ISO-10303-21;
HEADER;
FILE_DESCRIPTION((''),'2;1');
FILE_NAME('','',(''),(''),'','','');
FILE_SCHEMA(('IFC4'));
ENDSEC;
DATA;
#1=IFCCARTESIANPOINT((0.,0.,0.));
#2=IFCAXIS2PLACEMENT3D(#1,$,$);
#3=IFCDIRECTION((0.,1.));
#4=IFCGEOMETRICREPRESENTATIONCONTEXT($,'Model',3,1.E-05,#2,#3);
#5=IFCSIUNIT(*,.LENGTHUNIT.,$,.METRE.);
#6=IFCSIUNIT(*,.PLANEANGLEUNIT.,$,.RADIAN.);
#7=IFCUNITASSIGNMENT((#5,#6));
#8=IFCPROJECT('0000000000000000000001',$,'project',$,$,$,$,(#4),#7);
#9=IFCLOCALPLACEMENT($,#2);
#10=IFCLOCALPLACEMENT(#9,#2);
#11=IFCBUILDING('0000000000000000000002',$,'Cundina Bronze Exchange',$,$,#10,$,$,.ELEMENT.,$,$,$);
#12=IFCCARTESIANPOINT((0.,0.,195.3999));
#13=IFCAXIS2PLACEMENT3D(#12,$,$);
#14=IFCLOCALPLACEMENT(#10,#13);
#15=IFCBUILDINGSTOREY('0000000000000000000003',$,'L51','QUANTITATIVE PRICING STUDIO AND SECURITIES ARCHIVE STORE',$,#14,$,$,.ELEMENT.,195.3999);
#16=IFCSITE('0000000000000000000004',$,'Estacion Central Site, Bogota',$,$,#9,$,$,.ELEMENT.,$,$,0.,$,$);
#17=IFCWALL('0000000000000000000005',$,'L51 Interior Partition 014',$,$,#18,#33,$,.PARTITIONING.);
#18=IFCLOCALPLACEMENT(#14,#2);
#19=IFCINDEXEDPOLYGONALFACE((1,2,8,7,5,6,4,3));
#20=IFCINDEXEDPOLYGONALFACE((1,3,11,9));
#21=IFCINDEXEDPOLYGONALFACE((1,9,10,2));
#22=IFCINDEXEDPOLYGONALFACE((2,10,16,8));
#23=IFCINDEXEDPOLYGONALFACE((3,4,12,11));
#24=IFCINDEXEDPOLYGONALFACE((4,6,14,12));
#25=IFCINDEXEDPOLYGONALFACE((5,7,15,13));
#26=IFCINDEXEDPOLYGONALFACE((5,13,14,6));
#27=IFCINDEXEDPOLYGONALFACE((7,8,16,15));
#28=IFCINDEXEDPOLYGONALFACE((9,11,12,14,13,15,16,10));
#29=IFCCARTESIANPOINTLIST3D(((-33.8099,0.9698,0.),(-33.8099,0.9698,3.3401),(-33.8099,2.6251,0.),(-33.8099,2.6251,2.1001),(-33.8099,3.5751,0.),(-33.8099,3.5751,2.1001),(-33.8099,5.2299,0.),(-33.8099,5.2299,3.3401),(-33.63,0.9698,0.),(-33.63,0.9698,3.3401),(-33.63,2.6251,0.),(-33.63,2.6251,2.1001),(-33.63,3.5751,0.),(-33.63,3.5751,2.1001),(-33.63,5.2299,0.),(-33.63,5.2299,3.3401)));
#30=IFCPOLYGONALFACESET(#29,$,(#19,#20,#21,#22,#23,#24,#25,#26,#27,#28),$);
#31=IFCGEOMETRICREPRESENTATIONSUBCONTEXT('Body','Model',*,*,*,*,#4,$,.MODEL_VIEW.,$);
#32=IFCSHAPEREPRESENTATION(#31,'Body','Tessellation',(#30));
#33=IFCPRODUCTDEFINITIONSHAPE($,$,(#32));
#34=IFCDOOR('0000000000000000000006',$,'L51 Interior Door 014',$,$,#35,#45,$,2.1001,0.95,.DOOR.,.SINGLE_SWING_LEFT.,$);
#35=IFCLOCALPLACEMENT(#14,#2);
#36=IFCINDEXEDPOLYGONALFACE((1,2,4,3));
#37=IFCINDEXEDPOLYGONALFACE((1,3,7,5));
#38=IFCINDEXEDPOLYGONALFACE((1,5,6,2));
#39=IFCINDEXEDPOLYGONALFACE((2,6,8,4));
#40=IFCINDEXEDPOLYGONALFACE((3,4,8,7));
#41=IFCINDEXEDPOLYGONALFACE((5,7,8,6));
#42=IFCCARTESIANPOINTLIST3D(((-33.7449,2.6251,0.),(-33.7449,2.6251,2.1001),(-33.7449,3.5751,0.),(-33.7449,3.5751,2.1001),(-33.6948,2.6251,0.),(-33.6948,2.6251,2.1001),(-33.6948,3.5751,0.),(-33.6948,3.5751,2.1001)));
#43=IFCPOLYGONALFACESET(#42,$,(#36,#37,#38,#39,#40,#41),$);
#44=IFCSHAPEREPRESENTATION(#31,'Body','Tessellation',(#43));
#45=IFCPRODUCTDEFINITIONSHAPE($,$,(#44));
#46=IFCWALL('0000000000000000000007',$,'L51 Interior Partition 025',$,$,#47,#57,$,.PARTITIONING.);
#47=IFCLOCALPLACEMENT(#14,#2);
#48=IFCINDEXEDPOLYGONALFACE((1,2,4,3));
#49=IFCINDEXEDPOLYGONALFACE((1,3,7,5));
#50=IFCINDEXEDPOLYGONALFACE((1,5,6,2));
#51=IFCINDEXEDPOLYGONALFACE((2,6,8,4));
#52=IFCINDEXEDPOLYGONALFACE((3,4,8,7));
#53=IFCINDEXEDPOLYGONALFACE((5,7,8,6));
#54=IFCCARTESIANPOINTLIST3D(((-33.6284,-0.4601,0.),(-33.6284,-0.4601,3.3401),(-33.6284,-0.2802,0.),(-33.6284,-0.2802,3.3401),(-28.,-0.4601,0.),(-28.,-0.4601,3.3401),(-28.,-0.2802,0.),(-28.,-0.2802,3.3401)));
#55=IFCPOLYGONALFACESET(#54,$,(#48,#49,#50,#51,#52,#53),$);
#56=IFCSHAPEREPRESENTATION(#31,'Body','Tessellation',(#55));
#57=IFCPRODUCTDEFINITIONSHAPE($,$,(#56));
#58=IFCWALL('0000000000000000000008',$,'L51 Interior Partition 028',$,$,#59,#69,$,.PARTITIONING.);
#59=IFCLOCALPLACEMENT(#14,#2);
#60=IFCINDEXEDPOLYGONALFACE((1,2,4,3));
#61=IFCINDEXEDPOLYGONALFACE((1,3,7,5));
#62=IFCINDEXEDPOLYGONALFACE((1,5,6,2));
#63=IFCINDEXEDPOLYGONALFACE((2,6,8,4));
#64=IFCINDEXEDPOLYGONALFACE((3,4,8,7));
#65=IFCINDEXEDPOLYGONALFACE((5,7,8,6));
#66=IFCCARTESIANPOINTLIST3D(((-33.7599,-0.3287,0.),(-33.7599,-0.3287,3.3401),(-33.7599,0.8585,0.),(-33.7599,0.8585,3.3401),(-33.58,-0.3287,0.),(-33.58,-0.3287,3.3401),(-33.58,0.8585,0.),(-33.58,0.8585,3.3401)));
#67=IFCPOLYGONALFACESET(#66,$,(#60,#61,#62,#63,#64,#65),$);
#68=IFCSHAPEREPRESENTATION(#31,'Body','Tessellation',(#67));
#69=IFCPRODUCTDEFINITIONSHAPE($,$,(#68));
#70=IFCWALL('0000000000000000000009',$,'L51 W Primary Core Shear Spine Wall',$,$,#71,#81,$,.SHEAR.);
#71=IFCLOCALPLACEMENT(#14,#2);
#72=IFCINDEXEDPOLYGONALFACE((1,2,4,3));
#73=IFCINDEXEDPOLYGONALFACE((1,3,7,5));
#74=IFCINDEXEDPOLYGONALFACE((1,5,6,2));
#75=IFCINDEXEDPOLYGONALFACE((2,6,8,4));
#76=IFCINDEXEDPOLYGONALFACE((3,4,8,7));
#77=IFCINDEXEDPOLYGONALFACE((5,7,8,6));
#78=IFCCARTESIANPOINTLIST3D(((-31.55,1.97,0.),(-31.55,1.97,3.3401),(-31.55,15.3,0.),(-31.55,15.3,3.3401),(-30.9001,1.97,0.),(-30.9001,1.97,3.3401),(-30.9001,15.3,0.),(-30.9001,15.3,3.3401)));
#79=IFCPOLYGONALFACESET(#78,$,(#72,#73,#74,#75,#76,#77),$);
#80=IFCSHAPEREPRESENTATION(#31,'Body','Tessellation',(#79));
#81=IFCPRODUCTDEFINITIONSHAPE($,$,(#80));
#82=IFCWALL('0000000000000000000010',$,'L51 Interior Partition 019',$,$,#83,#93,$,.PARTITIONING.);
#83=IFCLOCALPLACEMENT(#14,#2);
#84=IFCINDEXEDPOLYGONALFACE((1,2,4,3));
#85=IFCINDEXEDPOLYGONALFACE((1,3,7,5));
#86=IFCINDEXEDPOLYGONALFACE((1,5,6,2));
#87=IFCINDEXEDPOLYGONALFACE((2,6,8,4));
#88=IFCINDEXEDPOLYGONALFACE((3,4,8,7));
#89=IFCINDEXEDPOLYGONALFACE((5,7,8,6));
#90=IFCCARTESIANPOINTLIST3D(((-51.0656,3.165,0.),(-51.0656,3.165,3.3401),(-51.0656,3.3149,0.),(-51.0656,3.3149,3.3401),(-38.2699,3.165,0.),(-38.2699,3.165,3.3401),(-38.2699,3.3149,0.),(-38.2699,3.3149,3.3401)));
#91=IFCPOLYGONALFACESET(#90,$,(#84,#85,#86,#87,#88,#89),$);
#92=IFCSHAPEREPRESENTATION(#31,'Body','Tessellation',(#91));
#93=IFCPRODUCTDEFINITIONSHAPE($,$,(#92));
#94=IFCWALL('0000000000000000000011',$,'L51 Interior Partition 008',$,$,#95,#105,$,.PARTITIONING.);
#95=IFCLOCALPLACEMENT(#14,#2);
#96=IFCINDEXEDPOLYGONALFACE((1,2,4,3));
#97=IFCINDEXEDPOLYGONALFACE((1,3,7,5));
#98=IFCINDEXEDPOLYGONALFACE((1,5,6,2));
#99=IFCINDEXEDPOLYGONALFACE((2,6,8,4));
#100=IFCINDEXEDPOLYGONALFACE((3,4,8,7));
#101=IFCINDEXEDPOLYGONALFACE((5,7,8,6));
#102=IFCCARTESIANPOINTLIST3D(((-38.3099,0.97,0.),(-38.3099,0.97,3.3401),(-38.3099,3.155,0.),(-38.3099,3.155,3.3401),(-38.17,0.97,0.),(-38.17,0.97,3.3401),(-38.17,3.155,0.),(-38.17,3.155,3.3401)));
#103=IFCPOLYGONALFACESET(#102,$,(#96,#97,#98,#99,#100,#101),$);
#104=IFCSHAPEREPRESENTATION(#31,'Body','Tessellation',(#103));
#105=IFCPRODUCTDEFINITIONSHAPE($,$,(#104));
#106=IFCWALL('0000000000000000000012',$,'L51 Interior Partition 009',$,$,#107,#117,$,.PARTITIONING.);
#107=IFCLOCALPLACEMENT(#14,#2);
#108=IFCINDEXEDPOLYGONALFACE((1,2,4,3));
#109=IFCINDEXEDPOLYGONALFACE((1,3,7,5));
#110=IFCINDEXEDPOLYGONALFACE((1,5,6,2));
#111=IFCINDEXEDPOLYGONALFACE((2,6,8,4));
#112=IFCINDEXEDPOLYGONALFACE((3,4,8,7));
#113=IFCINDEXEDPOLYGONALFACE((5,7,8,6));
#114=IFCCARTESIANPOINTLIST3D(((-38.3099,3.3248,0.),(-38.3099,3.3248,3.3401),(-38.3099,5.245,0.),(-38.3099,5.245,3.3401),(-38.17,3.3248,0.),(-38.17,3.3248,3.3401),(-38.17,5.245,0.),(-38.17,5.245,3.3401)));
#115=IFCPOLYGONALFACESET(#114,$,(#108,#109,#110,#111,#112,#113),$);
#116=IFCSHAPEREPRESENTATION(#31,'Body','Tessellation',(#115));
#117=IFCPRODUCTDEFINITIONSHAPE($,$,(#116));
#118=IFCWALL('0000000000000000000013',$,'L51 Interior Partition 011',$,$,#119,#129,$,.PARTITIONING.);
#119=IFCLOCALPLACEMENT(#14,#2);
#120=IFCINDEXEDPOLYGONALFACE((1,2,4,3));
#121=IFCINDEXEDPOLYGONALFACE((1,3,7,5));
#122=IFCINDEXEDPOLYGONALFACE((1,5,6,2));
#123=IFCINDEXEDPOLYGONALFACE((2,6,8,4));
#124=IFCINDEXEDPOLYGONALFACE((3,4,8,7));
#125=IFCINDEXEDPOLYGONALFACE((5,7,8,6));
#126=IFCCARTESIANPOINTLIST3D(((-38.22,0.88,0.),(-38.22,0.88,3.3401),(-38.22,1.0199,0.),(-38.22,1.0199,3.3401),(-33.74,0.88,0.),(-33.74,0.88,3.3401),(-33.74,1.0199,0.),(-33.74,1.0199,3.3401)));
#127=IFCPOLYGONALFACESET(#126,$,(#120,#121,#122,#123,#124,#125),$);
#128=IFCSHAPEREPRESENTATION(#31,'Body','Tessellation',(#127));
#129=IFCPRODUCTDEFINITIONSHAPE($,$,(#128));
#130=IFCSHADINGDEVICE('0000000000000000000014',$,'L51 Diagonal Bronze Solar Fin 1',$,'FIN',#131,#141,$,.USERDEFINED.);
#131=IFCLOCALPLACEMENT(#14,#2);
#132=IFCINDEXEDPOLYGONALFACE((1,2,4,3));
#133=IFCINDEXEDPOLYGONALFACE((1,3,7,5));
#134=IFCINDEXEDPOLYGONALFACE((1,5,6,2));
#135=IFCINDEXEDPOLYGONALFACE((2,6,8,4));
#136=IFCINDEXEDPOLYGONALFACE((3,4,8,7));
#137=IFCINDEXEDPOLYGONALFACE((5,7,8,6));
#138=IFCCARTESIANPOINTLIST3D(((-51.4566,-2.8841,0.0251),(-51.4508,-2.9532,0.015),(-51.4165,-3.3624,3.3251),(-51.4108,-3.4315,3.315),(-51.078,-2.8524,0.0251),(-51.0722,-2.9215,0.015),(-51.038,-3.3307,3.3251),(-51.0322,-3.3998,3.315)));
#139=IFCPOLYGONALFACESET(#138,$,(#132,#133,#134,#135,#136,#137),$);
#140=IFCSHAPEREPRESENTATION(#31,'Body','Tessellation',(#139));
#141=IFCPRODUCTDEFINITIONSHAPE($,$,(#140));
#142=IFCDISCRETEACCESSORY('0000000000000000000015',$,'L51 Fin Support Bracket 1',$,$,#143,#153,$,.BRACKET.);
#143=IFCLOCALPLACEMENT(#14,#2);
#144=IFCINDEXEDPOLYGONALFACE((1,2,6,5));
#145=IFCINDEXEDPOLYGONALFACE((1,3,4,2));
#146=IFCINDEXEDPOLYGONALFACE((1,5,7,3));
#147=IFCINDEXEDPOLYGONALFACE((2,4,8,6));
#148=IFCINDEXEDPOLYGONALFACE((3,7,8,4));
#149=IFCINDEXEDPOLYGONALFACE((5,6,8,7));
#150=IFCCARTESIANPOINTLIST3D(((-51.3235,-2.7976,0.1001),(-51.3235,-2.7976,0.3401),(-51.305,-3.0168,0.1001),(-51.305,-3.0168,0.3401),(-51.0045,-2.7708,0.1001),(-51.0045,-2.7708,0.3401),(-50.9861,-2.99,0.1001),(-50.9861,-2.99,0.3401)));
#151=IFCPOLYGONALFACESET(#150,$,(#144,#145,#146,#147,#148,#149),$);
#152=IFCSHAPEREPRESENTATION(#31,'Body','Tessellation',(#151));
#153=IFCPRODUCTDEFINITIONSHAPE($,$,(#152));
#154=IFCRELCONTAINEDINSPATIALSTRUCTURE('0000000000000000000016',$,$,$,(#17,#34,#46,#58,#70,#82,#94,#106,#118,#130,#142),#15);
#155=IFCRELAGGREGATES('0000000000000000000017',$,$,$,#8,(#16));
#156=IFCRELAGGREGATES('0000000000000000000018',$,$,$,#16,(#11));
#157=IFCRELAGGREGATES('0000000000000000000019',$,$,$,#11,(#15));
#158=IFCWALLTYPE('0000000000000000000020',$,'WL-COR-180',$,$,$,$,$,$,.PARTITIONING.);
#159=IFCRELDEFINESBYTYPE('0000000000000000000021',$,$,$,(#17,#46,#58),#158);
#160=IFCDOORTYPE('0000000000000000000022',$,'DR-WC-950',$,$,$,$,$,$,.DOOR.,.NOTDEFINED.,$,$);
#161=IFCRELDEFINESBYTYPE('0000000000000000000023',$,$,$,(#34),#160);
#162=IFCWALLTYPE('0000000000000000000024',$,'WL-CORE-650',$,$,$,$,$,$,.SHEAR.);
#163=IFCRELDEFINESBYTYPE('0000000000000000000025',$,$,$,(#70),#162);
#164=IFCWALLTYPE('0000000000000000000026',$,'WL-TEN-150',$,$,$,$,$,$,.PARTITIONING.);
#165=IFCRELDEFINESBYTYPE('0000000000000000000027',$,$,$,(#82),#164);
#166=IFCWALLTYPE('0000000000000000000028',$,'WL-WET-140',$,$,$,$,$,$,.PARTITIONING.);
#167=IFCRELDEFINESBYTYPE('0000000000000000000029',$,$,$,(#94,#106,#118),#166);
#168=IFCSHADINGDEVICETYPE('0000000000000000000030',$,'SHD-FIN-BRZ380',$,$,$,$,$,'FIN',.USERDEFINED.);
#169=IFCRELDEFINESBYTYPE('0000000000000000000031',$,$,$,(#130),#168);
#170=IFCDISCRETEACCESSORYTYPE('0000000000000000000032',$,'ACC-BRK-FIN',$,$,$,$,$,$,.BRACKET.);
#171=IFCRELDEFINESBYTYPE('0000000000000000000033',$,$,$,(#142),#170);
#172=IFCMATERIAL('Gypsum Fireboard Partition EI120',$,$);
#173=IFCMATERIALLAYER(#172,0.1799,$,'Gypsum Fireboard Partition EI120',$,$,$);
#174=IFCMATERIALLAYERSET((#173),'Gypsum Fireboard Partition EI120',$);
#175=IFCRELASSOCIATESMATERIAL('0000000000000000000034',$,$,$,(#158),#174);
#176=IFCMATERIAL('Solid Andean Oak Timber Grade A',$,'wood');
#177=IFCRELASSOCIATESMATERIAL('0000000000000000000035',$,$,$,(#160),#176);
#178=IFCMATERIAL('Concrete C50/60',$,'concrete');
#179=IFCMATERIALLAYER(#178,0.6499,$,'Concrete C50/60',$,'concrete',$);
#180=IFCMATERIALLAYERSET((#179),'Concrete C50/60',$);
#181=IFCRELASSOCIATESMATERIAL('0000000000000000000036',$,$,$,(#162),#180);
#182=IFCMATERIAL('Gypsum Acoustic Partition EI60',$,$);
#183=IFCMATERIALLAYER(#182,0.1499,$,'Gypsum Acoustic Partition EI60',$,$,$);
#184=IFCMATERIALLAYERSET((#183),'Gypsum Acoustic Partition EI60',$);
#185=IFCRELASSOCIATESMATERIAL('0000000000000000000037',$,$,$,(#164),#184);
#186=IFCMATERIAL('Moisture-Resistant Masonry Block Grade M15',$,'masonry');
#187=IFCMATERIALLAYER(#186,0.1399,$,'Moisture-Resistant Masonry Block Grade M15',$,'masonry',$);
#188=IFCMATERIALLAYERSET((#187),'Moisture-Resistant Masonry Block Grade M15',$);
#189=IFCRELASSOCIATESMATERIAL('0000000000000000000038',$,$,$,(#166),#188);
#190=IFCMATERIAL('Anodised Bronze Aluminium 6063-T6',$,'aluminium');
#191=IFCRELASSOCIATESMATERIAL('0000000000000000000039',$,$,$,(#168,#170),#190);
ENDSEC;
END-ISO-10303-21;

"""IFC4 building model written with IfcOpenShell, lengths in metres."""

from ifc_helpers import new_model, si_unit, direction, frame, frame_2d, origin, origin_2d, place, context, subcontext, project, spatial, rectangle, extrude, material, layer, layer_set, material_profile, profile_set, type_object, element, fill, save


model = new_model("IFC4")

# Units and contexts
model_context = context("Model", 3, precision=1e-05, world=origin(), true_north=direction((0.0, 1.0)))
body_context = subcontext(model_context, "Body", "Model", "MODEL_VIEW")
ifc_project = project(units=[si_unit("LENGTHUNIT", "METRE"), si_unit("PLANEANGLEUNIT", "RADIAN")], contexts=[model_context])

# Site, building, storey
site_placement = place(None, origin())
site = spatial("IfcSite", under=ifc_project, at=site_placement, Name="Estacion Central Site, Bogota", CompositionType="ELEMENT", RefElevation=0.0)
building_placement = place(site_placement, origin())
building = spatial("IfcBuilding", under=site, at=building_placement, Name="Cundina Bronze Exchange", CompositionType="ELEMENT")
storey_placement = place(building_placement, frame((0.0, 0.0, 195.3999)))
storey = spatial("IfcBuildingStorey", under=building, at=storey_placement, Name="L51", Description="QUANTITATIVE PRICING STUDIO AND SECURITIES ARCHIVE STORE", CompositionType="ELEMENT", Elevation=195.3999)

# Shared definitions
ifc_material_1 = material(Name="Concrete C50/60", Category="concrete")

# Shared definitions
ifc_material_2 = material(Name="Anodised Bronze Aluminium 6063-T6", Category="aluminium")

# Wall, opening, door
ifc_material_3 = material(Name="Gypsum Fireboard Partition EI120")
ifc_layer_1 = layer(ifc_material_3, 0.1799, Name="Gypsum Fireboard Partition EI120")
ifc_layer_set_1 = layer_set([ifc_layer_1], Name="Gypsum Fireboard Partition EI120")
wall_type_1 = type_object("IfcWallType", Name="WL-COR-180", PredefinedType="PARTITIONING", material=ifc_layer_set_1)
wall_1_placement = place(storey_placement, frame((-33.72, 0.97, 0.0), z_axis=(0.0, 0.0, 1.0), x_axis=(0.0, 1.0, 0.0)))
wall_1 = element("IfcWall", 1, at=wall_1_placement, inside=storey, type_object=wall_type_1, Name="L51 Interior Partition 014", PredefinedType="PARTITIONING", context=body_context, shape_type="SweptSolid", body=[
    extrude(rectangle(XDim=4.26, YDim=0.1799, at=frame_2d((2.1299, 0.0))), origin(), (0.0, 0.0, 1.0), 3.3401),
])
opening_1_placement = place(wall_1_placement, frame((1.655, 0.0, 0.0)))
opening_1 = element("IfcOpeningElement", 2, at=opening_1_placement, cuts=wall_1, PredefinedType="OPENING", context=body_context, shape_type="SweptSolid", body=[
    extrude(rectangle(XDim=0.95, YDim=2.1001, at=frame_2d((0.4751, 1.05))), frame((0.0, 0.0999, 0.0), z_axis=(0.0, -1.0, 0.0), x_axis=(1.0, 0.0, 0.0)), (0.0, 0.0, 1.0), 0.2),
])
ifc_material_4 = material(Name="Solid Andean Oak Timber Grade A", Category="wood")
door_type_1 = type_object("IfcDoorType", Name="DR-WC-950", OperationType="NOTDEFINED", PredefinedType="DOOR", material=ifc_material_4)
door_1_placement = place(opening_1_placement, origin())
door_1 = element("IfcDoor", 3, at=door_1_placement, inside=storey, type_object=door_type_1, Name="L51 Interior Door 014", OperationType="SINGLE_SWING_LEFT", OverallHeight=2.1001, OverallWidth=0.95, PredefinedType="DOOR", context=body_context, shape_type="SweptSolid", body=[
    extrude(rectangle(XDim=0.95, YDim=2.1001, at=frame_2d((0.4751, 1.05))), frame((0.0, 0.0249, 0.0), z_axis=(0.0, -1.0, 0.0), x_axis=(1.0, 0.0, 0.0)), (0.0, 0.0, 1.0), 0.05),
])
fill(opening_1, door_1)

# Walls
wall_2_placement = place(storey_placement, frame((-33.6284, -0.3701, 0.0), z_axis=(0.0, 0.0, 1.0), x_axis=(1.0, 0.0, 0.0)))
element("IfcWall", 4, at=wall_2_placement, inside=storey, type_object=wall_type_1, Name="L51 Interior Partition 025", PredefinedType="PARTITIONING", context=body_context, shape_type="SweptSolid", body=[
    extrude(rectangle(XDim=5.6284, YDim=0.1799, at=frame_2d((2.8142, 0.0))), origin(), (0.0, 0.0, 1.0), 3.3401),
])
wall_3_placement = place(storey_placement, frame((-33.6699, 0.8586, 0.0), z_axis=(0.0, 0.0, 1.0), x_axis=(0.0, -1.0, 0.0)))
element("IfcWall", 5, at=wall_3_placement, inside=storey, type_object=wall_type_1, Name="L51 Interior Partition 028", PredefinedType="PARTITIONING", context=body_context, shape_type="SweptSolid", body=[
    extrude(rectangle(XDim=1.1873, YDim=0.1799, at=frame_2d((0.5938, 0.0))), origin(), (0.0, 0.0, 1.0), 3.3401),
])
ifc_layer_2 = layer(ifc_material_1, 0.6499, Name="Concrete C50/60", Category="concrete")
ifc_layer_set_2 = layer_set([ifc_layer_2], Name="Concrete C50/60")
wall_type_2 = type_object("IfcWallType", Name="WL-CORE-650", PredefinedType="SHEAR", material=ifc_layer_set_2)
wall_4_placement = place(storey_placement, frame((-31.2251, 1.97, 0.0), z_axis=(0.0, 0.0, 1.0), x_axis=(0.0, 1.0, 0.0)))
element("IfcWall", 6, at=wall_4_placement, inside=storey, type_object=wall_type_2, Name="L51 W Primary Core Shear Spine Wall", PredefinedType="SHEAR", context=body_context, shape_type="SweptSolid", body=[
    extrude(rectangle(XDim=13.3301, YDim=0.6499, at=frame_2d((6.665, 0.0))), origin(), (0.0, 0.0, 1.0), 3.3401),
])
ifc_material_5 = material(Name="Gypsum Acoustic Partition EI60")
ifc_layer_3 = layer(ifc_material_5, 0.1499, Name="Gypsum Acoustic Partition EI60")
ifc_layer_set_3 = layer_set([ifc_layer_3], Name="Gypsum Acoustic Partition EI60")
wall_type_3 = type_object("IfcWallType", Name="WL-TEN-150", PredefinedType="PARTITIONING", material=ifc_layer_set_3)
wall_5_placement = place(storey_placement, frame((-51.0657, 3.24, 0.0), z_axis=(0.0, 0.0, 1.0), x_axis=(1.0, 0.0, 0.0)))
element("IfcWall", 7, at=wall_5_placement, inside=storey, type_object=wall_type_3, Name="L51 Interior Partition 019", PredefinedType="PARTITIONING", context=body_context, shape_type="SweptSolid", body=[
    extrude(rectangle(XDim=12.7957, YDim=0.1499, at=frame_2d((6.3979, 0.0))), origin(), (0.0, 0.0, 1.0), 3.3401),
])
ifc_material_6 = material(Name="Moisture-Resistant Masonry Block Grade M15", Category="masonry")
ifc_layer_4 = layer(ifc_material_6, 0.1399, Name="Moisture-Resistant Masonry Block Grade M15", Category="masonry")
ifc_layer_set_4 = layer_set([ifc_layer_4], Name="Moisture-Resistant Masonry Block Grade M15")
wall_type_4 = type_object("IfcWallType", Name="WL-WET-140", PredefinedType="PARTITIONING", material=ifc_layer_set_4)
wall_6_placement = place(storey_placement, frame((-38.24, 0.97, 0.0), z_axis=(0.0, 0.0, 1.0), x_axis=(0.0, 1.0, 0.0)))
element("IfcWall", 8, at=wall_6_placement, inside=storey, type_object=wall_type_4, Name="L51 Interior Partition 008", PredefinedType="PARTITIONING", context=body_context, shape_type="SweptSolid", body=[
    extrude(rectangle(XDim=2.1851, YDim=0.1399, at=frame_2d((1.0925, 0.0))), origin(), (0.0, 0.0, 1.0), 3.3401),
])
wall_7_placement = place(storey_placement, frame((-38.24, 3.325, 0.0), z_axis=(0.0, 0.0, 1.0), x_axis=(0.0, 1.0, 0.0)))
element("IfcWall", 9, at=wall_7_placement, inside=storey, type_object=wall_type_4, Name="L51 Interior Partition 009", PredefinedType="PARTITIONING", context=body_context, shape_type="SweptSolid", body=[
    extrude(rectangle(XDim=1.9202, YDim=0.1399, at=frame_2d((0.96, 0.0))), origin(), (0.0, 0.0, 1.0), 3.3401),
])
wall_8_placement = place(storey_placement, frame((-38.22, 0.95, 0.0), z_axis=(0.0, 0.0, 1.0), x_axis=(1.0, 0.0, 0.0)))
element("IfcWall", 10, at=wall_8_placement, inside=storey, type_object=wall_type_4, Name="L51 Interior Partition 011", PredefinedType="PARTITIONING", context=body_context, shape_type="SweptSolid", body=[
    extrude(rectangle(XDim=4.48, YDim=0.1399, at=frame_2d((2.24, 0.0))), origin(), (0.0, 0.0, 1.0), 3.3401),
])

# Shading device
ifc_material_profile_1 = material_profile(ifc_material_2, rectangle(XDim=0.0701, YDim=0.3799, at=origin_2d()), Name="FIN70X380", Category="aluminium")
ifc_profile_set_1 = profile_set([ifc_material_profile_1], Name="Anodised Bronze Aluminium 6063-T6")
shading_device_type = type_object("IfcShadingDeviceType", Name="SHD-FIN-BRZ380", ElementType="FIN", PredefinedType="USERDEFINED", material=ifc_profile_set_1)
shading_device_placement = place(storey_placement, frame((-51.2644, -2.9028, 0.02), z_axis=(0.012007, -0.14342, 0.989589), x_axis=(-0.082556, 0.98614, 0.143921)))
element("IfcShadingDevice", 11, at=shading_device_placement, inside=storey, type_object=shading_device_type, Name="L51 Diagonal Bronze Solar Fin 1", ObjectType="FIN", PredefinedType="USERDEFINED", context=body_context, shape_type="SweptSolid", body=[
    extrude(rectangle(XDim=0.0701, YDim=0.3799, at=origin_2d()), origin(), (0.0, 0.0, 1.0), 3.3347),
])

# Discrete accessory
discrete_accessory_type = type_object("IfcDiscreteAccessoryType", Name="ACC-BRK-FIN", PredefinedType="BRACKET", material=ifc_material_2)
discrete_accessory_placement = place(storey_placement, frame((-51.1548, -2.8938, 0.1001), z_axis=(0.0, 0.0, 1.0), x_axis=(0.083747, -0.996487, 0.0)))
element("IfcDiscreteAccessory", 12, at=discrete_accessory_placement, inside=storey, type_object=discrete_accessory_type, Name="L51 Fin Support Bracket 1", PredefinedType="BRACKET", context=body_context, shape_type="SweptSolid", body=[
    extrude(rectangle(XDim=0.22, YDim=0.3201, at=origin_2d()), origin(), (0.0, 0.0, 1.0), 0.24),
])

save(model, "model.ifc")
